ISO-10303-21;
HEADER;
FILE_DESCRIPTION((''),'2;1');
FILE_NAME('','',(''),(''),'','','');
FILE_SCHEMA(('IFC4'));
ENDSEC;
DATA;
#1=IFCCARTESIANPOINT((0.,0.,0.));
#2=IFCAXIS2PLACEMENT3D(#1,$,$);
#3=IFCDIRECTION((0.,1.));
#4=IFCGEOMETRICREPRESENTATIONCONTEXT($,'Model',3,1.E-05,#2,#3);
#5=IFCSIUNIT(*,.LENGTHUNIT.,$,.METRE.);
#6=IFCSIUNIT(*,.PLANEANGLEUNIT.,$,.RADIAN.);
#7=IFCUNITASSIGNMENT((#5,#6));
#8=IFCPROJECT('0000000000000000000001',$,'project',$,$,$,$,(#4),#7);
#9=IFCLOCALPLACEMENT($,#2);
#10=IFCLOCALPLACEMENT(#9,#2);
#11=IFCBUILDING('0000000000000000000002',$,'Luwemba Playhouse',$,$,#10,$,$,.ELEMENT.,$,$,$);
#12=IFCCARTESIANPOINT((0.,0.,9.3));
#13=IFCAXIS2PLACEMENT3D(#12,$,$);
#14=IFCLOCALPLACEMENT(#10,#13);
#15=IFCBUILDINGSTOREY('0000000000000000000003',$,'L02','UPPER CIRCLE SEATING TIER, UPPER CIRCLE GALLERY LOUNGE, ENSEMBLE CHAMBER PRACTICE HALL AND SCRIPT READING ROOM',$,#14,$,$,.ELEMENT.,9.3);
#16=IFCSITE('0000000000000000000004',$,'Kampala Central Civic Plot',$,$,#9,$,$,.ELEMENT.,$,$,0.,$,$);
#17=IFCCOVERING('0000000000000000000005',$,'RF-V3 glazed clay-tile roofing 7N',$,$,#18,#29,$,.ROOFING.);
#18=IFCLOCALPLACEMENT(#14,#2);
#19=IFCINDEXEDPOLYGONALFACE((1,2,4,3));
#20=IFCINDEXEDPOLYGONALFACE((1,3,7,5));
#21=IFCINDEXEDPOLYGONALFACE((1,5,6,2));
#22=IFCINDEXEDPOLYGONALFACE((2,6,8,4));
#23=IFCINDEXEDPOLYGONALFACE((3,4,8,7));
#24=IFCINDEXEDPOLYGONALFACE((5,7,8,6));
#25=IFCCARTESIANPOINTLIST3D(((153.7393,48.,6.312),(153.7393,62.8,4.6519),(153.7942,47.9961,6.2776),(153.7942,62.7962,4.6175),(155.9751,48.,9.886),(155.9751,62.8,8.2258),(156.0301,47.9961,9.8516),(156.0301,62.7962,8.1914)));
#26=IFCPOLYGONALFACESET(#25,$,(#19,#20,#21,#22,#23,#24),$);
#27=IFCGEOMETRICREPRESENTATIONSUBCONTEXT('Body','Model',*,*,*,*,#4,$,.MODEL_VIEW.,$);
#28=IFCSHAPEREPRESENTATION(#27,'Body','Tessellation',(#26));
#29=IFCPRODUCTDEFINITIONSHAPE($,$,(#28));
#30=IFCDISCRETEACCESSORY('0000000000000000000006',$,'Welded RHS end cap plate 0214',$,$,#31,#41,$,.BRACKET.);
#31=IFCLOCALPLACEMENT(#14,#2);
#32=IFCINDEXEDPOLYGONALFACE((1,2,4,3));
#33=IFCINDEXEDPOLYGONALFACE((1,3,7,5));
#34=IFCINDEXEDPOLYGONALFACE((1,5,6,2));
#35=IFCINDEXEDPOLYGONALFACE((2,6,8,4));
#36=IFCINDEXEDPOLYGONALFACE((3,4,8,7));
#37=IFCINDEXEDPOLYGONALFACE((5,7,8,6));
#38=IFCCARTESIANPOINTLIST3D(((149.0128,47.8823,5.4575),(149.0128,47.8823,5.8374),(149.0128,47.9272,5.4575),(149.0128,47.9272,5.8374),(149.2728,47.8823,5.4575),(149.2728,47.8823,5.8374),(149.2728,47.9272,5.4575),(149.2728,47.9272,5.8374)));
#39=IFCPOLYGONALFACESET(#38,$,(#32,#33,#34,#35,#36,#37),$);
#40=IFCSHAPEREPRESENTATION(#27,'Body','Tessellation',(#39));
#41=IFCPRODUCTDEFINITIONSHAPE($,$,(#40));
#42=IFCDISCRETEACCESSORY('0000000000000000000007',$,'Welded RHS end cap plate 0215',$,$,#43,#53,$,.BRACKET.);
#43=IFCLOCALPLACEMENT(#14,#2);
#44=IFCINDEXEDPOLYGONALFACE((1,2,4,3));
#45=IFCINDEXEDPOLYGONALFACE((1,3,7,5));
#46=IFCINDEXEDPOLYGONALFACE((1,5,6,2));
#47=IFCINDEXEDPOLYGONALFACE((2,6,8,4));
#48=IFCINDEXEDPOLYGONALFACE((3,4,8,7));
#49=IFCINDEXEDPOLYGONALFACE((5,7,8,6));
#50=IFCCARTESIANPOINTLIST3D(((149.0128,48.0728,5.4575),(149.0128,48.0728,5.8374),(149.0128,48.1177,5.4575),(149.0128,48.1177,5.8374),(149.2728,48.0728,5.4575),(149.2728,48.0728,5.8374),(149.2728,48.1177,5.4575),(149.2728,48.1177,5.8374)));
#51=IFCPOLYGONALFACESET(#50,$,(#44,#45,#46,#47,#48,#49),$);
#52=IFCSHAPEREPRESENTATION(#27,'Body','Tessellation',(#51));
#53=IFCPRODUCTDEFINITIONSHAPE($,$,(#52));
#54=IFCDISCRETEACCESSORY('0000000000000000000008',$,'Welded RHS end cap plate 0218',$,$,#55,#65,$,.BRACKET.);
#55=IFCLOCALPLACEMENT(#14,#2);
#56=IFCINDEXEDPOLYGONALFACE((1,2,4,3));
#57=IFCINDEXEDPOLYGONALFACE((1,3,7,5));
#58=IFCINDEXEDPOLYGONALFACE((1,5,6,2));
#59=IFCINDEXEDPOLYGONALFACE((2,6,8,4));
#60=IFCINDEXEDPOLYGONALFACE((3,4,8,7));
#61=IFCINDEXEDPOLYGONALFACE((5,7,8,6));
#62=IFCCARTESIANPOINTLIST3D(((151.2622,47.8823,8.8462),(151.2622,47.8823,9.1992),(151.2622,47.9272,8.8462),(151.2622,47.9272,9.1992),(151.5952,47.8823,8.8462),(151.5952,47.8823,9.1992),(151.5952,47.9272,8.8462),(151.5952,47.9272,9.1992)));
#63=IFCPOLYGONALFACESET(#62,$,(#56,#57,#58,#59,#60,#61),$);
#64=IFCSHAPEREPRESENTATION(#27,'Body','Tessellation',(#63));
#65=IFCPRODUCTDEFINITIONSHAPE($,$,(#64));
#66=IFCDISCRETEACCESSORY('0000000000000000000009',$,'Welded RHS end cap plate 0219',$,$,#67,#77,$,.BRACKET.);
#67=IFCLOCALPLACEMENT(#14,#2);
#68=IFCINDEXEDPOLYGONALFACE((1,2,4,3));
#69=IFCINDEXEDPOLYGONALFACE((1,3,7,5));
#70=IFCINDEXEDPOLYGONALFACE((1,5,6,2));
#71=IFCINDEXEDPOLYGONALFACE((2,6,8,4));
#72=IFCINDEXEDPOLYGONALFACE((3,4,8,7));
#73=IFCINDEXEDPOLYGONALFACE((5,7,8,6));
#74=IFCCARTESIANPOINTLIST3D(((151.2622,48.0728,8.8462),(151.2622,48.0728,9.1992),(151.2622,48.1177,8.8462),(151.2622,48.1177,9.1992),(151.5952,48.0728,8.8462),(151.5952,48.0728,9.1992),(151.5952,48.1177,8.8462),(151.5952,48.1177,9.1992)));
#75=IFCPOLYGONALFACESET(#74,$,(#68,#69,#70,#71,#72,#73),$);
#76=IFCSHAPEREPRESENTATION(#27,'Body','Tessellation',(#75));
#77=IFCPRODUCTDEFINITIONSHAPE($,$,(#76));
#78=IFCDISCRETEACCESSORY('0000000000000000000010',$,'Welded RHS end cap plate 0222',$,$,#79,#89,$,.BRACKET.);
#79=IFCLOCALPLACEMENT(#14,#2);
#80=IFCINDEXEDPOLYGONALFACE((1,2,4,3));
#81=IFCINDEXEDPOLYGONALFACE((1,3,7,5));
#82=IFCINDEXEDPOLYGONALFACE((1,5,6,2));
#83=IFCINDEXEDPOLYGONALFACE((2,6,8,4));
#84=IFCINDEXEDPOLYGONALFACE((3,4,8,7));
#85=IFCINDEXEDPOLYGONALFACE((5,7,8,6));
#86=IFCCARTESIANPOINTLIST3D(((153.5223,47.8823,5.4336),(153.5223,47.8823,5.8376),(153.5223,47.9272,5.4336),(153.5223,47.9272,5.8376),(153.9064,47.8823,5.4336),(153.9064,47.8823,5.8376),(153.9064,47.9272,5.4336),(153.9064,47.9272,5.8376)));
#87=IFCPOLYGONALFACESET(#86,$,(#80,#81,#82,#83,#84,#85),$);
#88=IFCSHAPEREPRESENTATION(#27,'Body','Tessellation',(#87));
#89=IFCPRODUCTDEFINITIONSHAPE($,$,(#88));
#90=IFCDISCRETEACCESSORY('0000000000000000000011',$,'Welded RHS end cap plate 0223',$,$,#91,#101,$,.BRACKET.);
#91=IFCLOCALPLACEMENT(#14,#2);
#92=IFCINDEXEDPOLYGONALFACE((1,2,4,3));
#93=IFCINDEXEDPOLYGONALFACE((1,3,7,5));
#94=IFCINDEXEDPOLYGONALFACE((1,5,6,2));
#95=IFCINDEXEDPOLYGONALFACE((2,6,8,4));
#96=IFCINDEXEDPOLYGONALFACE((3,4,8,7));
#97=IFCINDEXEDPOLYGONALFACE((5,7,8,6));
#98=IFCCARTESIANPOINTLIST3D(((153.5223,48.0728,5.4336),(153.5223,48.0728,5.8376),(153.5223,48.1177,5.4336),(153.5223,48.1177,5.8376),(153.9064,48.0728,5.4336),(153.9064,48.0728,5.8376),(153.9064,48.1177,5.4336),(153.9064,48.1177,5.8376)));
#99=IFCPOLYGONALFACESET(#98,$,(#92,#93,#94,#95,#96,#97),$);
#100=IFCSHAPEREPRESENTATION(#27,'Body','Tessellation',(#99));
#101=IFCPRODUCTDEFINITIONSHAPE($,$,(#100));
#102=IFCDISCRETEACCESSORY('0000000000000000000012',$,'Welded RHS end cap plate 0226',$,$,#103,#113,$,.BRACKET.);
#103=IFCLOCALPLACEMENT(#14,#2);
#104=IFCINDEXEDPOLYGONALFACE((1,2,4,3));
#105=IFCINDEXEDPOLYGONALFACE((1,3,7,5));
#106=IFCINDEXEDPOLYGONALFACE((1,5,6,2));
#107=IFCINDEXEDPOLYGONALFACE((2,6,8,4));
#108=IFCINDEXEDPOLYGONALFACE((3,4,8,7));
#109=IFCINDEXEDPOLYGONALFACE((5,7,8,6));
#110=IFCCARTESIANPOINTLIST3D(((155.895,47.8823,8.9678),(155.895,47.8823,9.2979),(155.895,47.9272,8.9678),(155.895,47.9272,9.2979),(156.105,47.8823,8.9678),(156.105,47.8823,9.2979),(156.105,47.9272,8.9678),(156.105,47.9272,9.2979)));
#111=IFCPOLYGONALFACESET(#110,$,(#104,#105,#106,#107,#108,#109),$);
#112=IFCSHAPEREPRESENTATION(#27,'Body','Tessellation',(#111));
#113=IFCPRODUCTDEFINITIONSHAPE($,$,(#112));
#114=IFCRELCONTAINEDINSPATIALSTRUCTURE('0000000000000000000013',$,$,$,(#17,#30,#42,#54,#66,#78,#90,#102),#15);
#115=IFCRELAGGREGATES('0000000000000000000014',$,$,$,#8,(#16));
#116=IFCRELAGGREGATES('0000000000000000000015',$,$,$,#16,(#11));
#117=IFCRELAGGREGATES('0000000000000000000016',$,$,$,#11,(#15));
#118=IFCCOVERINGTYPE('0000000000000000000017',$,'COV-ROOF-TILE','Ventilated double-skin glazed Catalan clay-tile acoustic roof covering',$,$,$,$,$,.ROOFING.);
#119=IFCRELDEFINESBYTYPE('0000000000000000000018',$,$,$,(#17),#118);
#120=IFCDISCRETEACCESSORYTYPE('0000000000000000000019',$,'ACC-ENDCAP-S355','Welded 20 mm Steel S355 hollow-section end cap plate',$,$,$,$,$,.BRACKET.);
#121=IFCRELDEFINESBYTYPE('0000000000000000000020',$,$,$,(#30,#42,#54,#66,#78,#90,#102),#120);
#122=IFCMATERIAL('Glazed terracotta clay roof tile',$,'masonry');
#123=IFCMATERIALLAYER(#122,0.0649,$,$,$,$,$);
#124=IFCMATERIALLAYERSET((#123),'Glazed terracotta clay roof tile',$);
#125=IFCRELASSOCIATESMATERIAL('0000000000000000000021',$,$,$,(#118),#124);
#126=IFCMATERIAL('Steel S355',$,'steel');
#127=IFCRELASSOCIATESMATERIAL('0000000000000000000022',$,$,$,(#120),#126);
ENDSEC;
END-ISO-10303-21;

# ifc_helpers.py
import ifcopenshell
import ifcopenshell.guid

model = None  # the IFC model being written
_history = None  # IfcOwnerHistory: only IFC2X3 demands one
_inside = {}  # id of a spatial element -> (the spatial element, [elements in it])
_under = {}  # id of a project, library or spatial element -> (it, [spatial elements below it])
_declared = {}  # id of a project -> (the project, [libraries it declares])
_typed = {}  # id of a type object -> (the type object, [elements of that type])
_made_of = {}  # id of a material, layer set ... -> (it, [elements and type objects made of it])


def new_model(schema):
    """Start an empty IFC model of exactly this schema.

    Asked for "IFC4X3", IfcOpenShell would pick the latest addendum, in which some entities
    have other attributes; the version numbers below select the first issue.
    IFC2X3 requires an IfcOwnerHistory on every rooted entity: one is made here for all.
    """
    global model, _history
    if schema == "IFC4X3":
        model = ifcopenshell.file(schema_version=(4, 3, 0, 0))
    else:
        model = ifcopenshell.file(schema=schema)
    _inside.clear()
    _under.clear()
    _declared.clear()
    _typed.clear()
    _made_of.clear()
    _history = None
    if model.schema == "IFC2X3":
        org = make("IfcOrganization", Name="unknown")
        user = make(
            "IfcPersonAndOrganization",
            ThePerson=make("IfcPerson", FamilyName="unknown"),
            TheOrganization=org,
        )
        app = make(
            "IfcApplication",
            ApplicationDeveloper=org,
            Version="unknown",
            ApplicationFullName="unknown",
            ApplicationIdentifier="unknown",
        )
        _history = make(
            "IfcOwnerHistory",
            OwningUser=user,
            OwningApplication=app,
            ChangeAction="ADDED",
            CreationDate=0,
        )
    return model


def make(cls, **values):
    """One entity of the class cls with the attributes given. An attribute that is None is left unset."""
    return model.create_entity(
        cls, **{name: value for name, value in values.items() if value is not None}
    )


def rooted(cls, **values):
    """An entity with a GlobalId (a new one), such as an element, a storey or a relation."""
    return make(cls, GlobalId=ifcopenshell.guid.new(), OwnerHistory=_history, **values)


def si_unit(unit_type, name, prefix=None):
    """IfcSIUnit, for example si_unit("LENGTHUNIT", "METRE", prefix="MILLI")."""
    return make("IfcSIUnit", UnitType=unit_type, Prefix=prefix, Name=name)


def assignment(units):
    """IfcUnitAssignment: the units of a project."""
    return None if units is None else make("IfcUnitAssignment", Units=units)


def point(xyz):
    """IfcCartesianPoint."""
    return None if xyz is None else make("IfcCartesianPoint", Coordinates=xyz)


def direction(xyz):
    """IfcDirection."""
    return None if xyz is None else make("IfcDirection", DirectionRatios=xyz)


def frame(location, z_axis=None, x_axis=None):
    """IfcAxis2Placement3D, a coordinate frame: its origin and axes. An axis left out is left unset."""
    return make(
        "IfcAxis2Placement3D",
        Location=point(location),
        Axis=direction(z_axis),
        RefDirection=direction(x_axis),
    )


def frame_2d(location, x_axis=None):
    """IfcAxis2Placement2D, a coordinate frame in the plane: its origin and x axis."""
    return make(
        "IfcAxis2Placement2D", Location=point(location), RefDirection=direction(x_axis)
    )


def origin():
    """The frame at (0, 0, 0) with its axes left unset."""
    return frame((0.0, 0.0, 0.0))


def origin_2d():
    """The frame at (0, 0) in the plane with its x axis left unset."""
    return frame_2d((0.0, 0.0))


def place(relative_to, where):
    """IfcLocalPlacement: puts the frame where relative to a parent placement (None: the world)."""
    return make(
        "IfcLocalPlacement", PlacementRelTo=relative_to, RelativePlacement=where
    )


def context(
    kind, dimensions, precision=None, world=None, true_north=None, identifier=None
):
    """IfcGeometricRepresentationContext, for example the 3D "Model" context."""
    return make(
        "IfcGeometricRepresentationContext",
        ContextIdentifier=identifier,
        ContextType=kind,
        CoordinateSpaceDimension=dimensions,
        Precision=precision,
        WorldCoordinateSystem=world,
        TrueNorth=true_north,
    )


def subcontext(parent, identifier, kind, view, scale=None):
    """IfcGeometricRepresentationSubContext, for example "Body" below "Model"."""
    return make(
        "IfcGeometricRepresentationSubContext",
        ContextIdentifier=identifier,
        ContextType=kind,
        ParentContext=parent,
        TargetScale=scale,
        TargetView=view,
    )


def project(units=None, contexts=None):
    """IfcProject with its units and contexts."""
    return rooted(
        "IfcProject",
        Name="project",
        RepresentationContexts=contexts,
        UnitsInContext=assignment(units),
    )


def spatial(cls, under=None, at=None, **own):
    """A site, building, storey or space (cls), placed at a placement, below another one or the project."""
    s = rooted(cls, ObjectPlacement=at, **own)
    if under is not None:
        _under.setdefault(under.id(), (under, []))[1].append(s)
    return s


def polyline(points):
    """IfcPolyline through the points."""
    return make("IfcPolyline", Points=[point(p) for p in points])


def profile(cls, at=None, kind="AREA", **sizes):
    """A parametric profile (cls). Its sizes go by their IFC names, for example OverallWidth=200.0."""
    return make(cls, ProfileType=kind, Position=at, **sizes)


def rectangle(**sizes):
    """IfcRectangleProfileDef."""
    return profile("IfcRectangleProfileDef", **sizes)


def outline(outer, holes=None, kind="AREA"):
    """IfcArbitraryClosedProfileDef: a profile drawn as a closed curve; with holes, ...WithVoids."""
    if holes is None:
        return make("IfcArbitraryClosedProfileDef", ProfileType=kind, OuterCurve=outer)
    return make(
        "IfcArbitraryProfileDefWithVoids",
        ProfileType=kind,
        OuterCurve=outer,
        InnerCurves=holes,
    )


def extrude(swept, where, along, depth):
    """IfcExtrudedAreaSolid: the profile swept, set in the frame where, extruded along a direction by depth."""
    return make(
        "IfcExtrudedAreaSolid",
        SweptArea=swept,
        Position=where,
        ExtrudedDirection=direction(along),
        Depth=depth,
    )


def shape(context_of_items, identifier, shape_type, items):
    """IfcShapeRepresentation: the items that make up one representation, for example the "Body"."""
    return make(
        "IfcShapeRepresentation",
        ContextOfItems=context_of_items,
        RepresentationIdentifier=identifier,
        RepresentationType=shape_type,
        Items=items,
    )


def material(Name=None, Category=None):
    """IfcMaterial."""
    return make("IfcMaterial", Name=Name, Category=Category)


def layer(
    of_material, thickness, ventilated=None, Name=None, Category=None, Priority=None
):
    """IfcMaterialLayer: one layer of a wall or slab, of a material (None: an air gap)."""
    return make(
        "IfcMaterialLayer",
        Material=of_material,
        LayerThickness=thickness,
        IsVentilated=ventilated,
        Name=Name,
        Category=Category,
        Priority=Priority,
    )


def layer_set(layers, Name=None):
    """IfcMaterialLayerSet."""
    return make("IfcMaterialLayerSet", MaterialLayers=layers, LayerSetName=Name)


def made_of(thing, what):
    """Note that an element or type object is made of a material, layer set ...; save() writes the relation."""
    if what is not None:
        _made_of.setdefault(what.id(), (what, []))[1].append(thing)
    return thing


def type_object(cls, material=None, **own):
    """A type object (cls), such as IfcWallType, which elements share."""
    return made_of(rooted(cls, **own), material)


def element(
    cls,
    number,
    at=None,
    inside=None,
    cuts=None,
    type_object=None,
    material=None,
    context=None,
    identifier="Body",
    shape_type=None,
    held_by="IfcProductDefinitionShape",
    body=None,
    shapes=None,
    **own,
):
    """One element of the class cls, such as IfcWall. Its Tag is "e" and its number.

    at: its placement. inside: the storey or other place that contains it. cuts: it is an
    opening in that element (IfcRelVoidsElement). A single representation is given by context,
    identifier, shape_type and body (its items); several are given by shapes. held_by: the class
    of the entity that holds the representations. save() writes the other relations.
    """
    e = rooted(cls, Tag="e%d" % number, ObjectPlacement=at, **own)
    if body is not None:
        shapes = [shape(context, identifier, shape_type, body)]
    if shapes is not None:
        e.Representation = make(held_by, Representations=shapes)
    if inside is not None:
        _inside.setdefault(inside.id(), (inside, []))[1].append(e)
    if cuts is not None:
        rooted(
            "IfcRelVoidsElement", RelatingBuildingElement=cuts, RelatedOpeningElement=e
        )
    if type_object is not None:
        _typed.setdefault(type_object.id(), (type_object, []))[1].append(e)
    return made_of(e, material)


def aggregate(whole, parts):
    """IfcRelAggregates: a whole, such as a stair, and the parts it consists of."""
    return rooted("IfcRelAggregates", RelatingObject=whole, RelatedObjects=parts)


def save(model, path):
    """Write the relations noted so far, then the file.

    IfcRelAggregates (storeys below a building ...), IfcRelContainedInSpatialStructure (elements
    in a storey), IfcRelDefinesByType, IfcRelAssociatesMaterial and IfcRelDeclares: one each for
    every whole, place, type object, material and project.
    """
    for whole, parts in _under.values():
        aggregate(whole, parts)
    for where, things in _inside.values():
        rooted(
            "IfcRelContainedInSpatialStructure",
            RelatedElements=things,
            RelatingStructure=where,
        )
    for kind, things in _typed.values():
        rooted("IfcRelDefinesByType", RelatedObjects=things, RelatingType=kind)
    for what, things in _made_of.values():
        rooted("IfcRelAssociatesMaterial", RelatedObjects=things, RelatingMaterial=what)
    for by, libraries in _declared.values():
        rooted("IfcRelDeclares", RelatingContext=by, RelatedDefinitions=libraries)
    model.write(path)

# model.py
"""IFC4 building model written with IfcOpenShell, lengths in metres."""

from ifc_helpers import new_model, si_unit, direction, frame, origin, origin_2d, place, context, subcontext, project, spatial, polyline, rectangle, outline, extrude, material, layer, layer_set, type_object, element, save


model = new_model("IFC4")

# Units and contexts
model_context = context("Model", 3, precision=1e-05, world=origin(), true_north=direction((0.0, 1.0)))
body_context = subcontext(model_context, "Body", "Model", "MODEL_VIEW")
ifc_project = project(units=[si_unit("LENGTHUNIT", "METRE"), si_unit("PLANEANGLEUNIT", "RADIAN")], contexts=[model_context])

# Site, building, storey
site_placement = place(None, origin())
site = spatial("IfcSite", under=ifc_project, at=site_placement, Name="Kampala Central Civic Plot", CompositionType="ELEMENT", RefElevation=0.0)
building_placement = place(site_placement, origin())
building = spatial("IfcBuilding", under=site, at=building_placement, Name="Luwemba Playhouse", CompositionType="ELEMENT")
storey_placement = place(building_placement, frame((0.0, 0.0, 9.3)))
storey = spatial("IfcBuildingStorey", under=building, at=storey_placement, Name="L02", Description="UPPER CIRCLE SEATING TIER, UPPER CIRCLE GALLERY LOUNGE, ENSEMBLE CHAMBER PRACTICE HALL AND SCRIPT READING ROOM", CompositionType="ELEMENT", Elevation=9.3)

# Shared definitions
ifc_material_1 = material(Name="Steel S355", Category="steel")

# Covering
ifc_material_2 = material(Name="Glazed terracotta clay roof tile", Category="masonry")
ifc_layer_1 = layer(ifc_material_2, 0.0649)
ifc_layer_set_1 = layer_set([ifc_layer_1], Name="Glazed terracotta clay roof tile")
covering_type = type_object("IfcCoveringType", Name="COV-ROOF-TILE", Description="Ventilated double-skin glazed Catalan clay-tile acoustic roof covering", PredefinedType="ROOFING", material=ifc_layer_set_1)
covering_1_placement = place(storey_placement, frame((153.7393, 48.0, 6.312), z_axis=(-0.846277, 0.059387, 0.529422), x_axis=(0.530358, 0.0, 0.847774)))
element("IfcCovering", 1, at=covering_1_placement, inside=storey, type_object=covering_type, Name="RF-V3 glazed clay-tile roofing 7N", PredefinedType="ROOFING", context=body_context, shape_type="SweptSolid", body=[
    extrude(outline(polyline([(0.0, 0.0), (4.2157, 0.0), (2.8083, 14.8262), (-1.4074, 14.8262), (0.0, 0.0)])), origin(), (0.0, 0.0, -1.0), 0.0649),
])

# Discrete accessories
discrete_accessory_type = type_object("IfcDiscreteAccessoryType", Name="ACC-ENDCAP-S355", Description="Welded 20 mm Steel S355 hollow-section end cap plate", PredefinedType="BRACKET", material=ifc_material_1)
for number, where, z_axis, x_axis, name in (
    (2, (149.1428, 47.9048, 5.4575), (0.0, 0.0, 1.0), (1.0, 0.0, 0.0), "Welded RHS end cap plate 0214"),
    (3, (149.1428, 48.0952, 5.4575), (0.0, 0.0, 1.0), (1.0, 0.0, 0.0), "Welded RHS end cap plate 0215"),
):
    element("IfcDiscreteAccessory", number, at=place(storey_placement, frame(where, z_axis=z_axis, x_axis=x_axis)), inside=storey, type_object=discrete_accessory_type, Name=name, PredefinedType="BRACKET", context=body_context, shape_type="SweptSolid", body=[
        extrude(rectangle(XDim=0.26, YDim=0.0449, at=origin_2d()), origin(), (0.0, 0.0, 1.0), 0.3799),
    ])
for number, where, z_axis, x_axis, name in (
    (4, (151.4287, 47.9048, 8.8462), (0.0, 0.0, 1.0), (1.0, 0.0, 0.0), "Welded RHS end cap plate 0218"),
    (5, (151.4287, 48.0952, 8.8462), (0.0, 0.0, 1.0), (1.0, 0.0, 0.0), "Welded RHS end cap plate 0219"),
):
    element("IfcDiscreteAccessory", number, at=place(storey_placement, frame(where, z_axis=z_axis, x_axis=x_axis)), inside=storey, type_object=discrete_accessory_type, Name=name, PredefinedType="BRACKET", context=body_context, shape_type="SweptSolid", body=[
        extrude(rectangle(XDim=0.333, YDim=0.0449, at=origin_2d()), origin(), (0.0, 0.0, 1.0), 0.353),
    ])
for number, where, z_axis, x_axis, name in (
    (6, (153.7144, 47.9048, 5.4336), (0.0, 0.0, 1.0), (1.0, 0.0, 0.0), "Welded RHS end cap plate 0222"),
    (7, (153.7144, 48.0952, 5.4336), (0.0, 0.0, 1.0), (1.0, 0.0, 0.0), "Welded RHS end cap plate 0223"),
):
    element("IfcDiscreteAccessory", number, at=place(storey_placement, frame(where, z_axis=z_axis, x_axis=x_axis)), inside=storey, type_object=discrete_accessory_type, Name=name, PredefinedType="BRACKET", context=body_context, shape_type="SweptSolid", body=[
        extrude(rectangle(XDim=0.384, YDim=0.0449, at=origin_2d()), origin(), (0.0, 0.0, 1.0), 0.4041),
    ])
discrete_accessory_placement = place(storey_placement, frame((156.0, 47.9048, 8.9678), z_axis=(0.0, 0.0, 1.0), x_axis=(1.0, 0.0, 0.0)))
element("IfcDiscreteAccessory", 8, at=discrete_accessory_placement, inside=storey, type_object=discrete_accessory_type, Name="Welded RHS end cap plate 0226", PredefinedType="BRACKET", context=body_context, shape_type="SweptSolid", body=[
    extrude(rectangle(XDim=0.21, YDim=0.0449, at=origin_2d()), origin(), (0.0, 0.0, 1.0), 0.3301),
])

save(model, "model.ifc")
